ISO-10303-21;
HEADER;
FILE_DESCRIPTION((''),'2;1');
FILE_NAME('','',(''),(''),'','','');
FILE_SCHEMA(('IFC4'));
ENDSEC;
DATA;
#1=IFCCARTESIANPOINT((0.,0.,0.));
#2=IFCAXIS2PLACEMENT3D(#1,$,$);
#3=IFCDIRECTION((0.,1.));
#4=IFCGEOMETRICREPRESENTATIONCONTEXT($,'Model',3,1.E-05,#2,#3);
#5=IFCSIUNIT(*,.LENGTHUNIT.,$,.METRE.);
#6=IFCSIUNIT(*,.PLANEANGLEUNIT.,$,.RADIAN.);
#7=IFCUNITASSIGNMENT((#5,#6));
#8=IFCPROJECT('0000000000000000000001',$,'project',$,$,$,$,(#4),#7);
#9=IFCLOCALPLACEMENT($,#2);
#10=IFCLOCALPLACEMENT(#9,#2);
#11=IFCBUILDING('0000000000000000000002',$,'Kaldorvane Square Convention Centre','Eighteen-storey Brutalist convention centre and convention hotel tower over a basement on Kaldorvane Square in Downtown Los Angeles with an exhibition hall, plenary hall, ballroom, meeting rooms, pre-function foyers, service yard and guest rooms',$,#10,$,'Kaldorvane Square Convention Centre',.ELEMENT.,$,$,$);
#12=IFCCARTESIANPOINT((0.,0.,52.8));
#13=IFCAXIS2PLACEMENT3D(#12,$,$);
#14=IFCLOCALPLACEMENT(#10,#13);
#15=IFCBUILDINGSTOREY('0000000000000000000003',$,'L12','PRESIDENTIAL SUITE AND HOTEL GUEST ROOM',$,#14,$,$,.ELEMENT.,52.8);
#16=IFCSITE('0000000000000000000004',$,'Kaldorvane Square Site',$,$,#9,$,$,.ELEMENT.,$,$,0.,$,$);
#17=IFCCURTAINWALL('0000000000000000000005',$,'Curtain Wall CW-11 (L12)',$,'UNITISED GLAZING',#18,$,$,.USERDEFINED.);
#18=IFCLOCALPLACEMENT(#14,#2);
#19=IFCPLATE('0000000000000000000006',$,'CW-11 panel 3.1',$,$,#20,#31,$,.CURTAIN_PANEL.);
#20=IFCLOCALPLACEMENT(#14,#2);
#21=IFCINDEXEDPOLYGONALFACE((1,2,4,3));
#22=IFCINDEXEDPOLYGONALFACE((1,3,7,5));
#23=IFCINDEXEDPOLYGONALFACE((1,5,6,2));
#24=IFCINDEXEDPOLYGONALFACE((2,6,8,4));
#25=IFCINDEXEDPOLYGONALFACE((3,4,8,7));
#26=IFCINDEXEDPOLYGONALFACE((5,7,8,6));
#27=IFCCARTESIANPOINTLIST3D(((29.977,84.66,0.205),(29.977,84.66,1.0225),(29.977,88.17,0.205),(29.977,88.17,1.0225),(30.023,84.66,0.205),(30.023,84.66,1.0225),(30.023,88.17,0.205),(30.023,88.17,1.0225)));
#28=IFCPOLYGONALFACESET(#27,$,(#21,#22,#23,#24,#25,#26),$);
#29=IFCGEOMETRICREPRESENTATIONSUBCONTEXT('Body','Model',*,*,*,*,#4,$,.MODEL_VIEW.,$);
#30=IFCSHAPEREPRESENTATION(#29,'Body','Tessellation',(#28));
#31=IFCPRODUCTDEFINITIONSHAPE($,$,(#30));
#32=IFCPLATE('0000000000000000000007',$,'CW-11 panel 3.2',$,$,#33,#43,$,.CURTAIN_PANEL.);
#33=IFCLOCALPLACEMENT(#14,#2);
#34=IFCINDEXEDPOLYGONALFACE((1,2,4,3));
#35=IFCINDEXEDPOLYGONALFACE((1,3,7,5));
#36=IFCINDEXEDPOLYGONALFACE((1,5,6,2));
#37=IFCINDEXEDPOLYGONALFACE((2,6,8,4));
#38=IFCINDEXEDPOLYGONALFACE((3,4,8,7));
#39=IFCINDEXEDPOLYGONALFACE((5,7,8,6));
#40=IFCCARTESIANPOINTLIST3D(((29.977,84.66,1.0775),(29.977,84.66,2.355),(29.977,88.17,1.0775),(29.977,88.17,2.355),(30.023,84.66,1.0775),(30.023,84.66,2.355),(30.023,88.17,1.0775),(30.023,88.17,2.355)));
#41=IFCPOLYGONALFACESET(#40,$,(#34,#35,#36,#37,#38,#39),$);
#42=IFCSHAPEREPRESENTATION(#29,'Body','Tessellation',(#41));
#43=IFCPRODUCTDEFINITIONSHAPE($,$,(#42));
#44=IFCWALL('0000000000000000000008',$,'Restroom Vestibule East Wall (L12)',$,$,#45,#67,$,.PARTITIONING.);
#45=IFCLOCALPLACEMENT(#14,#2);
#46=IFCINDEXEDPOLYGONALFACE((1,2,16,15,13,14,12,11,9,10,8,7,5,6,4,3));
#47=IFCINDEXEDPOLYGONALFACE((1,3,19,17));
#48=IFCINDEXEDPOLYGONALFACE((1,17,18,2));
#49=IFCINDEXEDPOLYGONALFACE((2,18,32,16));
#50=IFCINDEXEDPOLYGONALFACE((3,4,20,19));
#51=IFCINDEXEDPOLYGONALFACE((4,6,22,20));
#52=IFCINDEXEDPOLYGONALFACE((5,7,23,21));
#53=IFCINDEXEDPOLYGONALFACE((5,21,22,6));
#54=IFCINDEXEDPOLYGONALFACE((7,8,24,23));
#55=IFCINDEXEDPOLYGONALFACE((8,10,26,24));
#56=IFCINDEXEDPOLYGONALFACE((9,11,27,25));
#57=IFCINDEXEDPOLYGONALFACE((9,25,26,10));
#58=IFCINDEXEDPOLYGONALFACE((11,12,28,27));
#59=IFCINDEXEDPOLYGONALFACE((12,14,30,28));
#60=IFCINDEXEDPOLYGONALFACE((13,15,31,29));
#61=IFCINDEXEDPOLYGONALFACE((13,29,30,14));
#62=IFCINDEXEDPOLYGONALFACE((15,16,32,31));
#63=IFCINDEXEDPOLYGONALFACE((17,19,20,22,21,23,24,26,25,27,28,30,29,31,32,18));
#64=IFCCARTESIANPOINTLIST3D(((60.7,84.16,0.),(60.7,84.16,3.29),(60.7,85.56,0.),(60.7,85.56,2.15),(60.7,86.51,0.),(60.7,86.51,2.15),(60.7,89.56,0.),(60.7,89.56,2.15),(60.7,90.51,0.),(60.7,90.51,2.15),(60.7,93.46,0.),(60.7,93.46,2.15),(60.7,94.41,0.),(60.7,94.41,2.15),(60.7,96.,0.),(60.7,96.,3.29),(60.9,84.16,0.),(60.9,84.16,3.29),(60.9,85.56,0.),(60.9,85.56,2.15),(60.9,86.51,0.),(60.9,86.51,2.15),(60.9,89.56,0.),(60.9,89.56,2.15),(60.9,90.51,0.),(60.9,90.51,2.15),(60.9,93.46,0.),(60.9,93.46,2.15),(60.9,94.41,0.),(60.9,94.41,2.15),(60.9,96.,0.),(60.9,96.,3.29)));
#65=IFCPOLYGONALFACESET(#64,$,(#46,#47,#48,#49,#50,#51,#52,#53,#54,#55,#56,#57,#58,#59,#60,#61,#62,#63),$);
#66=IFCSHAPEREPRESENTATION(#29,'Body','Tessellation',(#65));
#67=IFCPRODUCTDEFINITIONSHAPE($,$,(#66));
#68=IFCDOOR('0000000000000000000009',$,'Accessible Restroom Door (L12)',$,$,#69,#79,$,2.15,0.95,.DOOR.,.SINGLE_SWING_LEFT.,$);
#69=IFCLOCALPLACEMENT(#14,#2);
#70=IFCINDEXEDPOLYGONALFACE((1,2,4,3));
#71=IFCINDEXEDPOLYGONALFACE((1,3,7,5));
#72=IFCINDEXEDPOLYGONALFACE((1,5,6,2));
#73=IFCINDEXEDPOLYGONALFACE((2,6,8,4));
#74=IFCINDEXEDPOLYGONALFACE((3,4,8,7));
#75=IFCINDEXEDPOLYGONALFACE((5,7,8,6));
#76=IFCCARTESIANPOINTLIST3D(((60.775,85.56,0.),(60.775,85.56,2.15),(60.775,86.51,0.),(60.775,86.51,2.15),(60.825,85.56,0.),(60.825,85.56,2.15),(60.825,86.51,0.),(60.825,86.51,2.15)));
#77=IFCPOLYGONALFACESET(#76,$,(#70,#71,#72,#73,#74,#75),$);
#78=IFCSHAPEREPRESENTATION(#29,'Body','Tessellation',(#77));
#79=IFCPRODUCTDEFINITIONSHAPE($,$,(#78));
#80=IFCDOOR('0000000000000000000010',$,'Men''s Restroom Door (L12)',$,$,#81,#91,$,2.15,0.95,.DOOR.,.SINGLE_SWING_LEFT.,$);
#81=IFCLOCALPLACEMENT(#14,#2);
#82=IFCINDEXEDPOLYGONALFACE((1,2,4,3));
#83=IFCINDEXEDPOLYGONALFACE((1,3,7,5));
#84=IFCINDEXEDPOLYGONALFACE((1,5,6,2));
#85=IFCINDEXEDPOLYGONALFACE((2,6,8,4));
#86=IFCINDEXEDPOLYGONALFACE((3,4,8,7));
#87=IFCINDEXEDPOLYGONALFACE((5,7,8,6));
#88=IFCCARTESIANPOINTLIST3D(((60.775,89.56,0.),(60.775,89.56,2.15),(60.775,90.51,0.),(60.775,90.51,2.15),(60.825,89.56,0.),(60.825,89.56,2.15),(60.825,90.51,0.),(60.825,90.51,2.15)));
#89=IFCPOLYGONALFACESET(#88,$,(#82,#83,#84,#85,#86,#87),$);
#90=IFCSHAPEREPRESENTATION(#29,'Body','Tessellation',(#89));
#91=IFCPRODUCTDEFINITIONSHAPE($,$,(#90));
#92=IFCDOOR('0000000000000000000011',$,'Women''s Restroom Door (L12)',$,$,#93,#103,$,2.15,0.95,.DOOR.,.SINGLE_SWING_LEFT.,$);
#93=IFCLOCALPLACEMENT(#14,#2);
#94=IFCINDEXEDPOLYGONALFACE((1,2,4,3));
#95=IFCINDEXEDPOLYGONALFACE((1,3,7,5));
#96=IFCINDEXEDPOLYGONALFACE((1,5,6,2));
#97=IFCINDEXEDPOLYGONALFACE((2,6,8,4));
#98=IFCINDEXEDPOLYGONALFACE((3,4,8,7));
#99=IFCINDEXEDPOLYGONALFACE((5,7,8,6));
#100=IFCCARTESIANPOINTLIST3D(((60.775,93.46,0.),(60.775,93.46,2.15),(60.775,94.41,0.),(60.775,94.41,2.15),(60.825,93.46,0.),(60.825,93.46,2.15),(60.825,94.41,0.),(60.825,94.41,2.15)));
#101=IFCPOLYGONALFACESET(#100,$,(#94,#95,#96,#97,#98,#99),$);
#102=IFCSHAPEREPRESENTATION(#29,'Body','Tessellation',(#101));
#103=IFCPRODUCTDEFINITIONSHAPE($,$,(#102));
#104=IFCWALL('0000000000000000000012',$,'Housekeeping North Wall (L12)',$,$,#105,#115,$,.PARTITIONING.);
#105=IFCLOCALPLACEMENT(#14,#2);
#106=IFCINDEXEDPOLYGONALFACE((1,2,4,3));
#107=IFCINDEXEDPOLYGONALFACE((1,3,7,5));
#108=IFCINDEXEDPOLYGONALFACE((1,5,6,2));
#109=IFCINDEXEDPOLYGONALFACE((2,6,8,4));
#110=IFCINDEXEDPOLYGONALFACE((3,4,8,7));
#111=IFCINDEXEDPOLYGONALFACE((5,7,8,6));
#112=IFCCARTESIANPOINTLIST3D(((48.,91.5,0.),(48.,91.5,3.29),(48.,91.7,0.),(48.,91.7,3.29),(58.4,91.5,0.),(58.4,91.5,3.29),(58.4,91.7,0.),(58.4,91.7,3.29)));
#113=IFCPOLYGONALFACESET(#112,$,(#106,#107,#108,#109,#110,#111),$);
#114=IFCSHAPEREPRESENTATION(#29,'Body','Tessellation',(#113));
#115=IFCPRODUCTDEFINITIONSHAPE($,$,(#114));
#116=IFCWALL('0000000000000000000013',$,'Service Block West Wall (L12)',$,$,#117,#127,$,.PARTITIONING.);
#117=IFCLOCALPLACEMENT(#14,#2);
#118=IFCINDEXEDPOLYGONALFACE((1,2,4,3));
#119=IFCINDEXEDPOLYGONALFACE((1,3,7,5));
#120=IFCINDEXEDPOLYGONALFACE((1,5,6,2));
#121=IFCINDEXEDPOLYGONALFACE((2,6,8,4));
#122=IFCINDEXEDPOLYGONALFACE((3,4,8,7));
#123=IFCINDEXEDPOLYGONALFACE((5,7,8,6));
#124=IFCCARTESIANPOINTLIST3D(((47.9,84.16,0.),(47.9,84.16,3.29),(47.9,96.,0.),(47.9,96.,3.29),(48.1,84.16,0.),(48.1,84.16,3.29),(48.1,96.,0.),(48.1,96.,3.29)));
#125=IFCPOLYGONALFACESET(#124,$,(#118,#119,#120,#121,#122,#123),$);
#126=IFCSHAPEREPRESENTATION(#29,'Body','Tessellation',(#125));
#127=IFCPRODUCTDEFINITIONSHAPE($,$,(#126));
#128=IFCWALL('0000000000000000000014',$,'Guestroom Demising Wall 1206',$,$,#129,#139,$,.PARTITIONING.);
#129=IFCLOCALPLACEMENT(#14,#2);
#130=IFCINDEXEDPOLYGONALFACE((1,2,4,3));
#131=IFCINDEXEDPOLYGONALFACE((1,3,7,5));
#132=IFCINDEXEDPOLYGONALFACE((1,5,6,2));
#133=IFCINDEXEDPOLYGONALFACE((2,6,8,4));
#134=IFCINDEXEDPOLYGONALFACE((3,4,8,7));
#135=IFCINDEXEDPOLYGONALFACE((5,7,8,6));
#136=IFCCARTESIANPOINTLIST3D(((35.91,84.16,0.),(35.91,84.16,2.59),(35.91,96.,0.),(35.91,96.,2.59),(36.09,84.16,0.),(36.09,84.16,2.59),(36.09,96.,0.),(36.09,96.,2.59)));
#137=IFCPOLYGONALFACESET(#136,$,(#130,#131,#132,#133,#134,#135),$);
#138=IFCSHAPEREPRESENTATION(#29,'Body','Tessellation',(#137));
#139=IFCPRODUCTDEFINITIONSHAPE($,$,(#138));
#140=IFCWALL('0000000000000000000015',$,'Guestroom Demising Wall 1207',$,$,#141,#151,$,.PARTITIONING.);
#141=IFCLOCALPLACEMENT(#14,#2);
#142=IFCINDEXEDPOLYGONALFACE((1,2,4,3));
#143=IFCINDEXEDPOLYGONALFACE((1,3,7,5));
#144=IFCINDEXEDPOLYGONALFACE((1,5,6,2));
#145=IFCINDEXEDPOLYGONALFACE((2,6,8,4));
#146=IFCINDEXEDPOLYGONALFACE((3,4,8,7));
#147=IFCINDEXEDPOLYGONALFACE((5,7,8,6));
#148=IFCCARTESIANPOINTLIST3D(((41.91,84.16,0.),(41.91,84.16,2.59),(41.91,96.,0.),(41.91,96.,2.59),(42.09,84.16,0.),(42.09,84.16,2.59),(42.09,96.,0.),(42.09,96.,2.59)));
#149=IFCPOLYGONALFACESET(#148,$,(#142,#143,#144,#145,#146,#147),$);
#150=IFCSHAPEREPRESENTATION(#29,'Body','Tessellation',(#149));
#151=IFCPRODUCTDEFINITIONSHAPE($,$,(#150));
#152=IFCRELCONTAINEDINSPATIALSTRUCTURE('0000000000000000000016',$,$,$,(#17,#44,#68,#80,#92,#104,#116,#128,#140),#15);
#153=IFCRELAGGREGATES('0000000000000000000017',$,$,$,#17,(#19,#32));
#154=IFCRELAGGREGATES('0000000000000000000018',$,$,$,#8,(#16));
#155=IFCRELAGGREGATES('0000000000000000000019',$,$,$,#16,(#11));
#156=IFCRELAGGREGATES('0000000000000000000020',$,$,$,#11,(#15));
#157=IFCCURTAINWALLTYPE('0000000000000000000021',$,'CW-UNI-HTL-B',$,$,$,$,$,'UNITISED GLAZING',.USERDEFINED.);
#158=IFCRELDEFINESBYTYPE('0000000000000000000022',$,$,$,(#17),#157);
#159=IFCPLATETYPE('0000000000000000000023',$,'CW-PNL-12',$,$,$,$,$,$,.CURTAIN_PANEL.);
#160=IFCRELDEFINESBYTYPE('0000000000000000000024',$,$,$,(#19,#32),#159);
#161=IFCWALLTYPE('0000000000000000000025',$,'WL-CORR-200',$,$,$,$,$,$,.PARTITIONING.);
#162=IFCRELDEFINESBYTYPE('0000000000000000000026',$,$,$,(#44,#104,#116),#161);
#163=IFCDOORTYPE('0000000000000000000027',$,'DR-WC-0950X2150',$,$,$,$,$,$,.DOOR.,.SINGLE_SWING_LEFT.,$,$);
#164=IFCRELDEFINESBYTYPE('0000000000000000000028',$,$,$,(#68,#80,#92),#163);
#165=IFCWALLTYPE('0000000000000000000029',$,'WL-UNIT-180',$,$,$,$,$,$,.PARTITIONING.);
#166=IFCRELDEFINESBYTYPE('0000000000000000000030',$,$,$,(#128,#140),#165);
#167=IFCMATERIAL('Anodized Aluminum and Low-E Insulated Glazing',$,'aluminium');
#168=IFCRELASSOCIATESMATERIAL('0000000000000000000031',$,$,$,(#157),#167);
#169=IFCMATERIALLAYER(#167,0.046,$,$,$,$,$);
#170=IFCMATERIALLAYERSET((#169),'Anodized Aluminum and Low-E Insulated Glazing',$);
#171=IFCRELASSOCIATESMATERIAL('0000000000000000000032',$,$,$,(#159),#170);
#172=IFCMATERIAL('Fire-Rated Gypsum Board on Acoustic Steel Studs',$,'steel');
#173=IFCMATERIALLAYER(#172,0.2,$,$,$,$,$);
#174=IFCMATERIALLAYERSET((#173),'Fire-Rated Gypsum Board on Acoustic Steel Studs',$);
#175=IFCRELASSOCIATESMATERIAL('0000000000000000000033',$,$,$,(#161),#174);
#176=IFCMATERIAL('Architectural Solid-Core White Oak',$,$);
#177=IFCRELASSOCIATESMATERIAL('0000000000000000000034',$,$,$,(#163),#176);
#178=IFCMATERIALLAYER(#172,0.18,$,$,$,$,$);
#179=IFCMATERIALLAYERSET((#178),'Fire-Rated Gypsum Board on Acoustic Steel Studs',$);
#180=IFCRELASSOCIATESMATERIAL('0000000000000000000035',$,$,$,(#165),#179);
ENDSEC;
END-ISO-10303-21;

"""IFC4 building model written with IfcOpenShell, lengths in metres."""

from ifc_helpers import new_model, si_unit, direction, frame, frame_2d, origin, origin_2d, place, context, subcontext, project, spatial, rectangle, extrude, material, layer, layer_set, type_object, element, fill, aggregate, save


model = new_model("IFC4")

# Units and contexts
model_context = context("Model", 3, precision=1e-05, world=origin(), true_north=direction((0.0, 1.0)))
body_context = subcontext(model_context, "Body", "Model", "MODEL_VIEW")
ifc_project = project(units=[si_unit("LENGTHUNIT", "METRE"), si_unit("PLANEANGLEUNIT", "RADIAN")], contexts=[model_context])

# Site, building, storey
site_placement = place(None, origin())
site = spatial("IfcSite", under=ifc_project, at=site_placement, Name="Kaldorvane Square Site", CompositionType="ELEMENT", RefElevation=0.0)
building_placement = place(site_placement, origin())
building = spatial("IfcBuilding", under=site, at=building_placement, Name="Kaldorvane Square Convention Centre", Description="Eighteen-storey Brutalist convention centre and convention hotel tower over a basement on Kaldorvane Square in Downtown Los Angeles with an exhibition hall, plenary hall, ballroom, meeting rooms, pre-function foyers, service yard and guest rooms", LongName="Kaldorvane Square Convention Centre", CompositionType="ELEMENT")
storey_placement = place(building_placement, frame((0.0, 0.0, 52.8)))
storey = spatial("IfcBuildingStorey", under=building, at=storey_placement, Name="L12", Description="PRESIDENTIAL SUITE AND HOTEL GUEST ROOM", CompositionType="ELEMENT", Elevation=52.8)

# Curtain wall, plates
ifc_material_1 = material(Name="Anodized Aluminum and Low-E Insulated Glazing", Category="aluminium")
curtain_wall_type = type_object("IfcCurtainWallType", Name="CW-UNI-HTL-B", ElementType="UNITISED GLAZING", PredefinedType="USERDEFINED", material=ifc_material_1)
curtain_wall_placement = place(storey_placement, origin())
curtain_wall = element("IfcCurtainWall", 1, at=curtain_wall_placement, inside=storey, type_object=curtain_wall_type, Name="Curtain Wall CW-11 (L12)", ObjectType="UNITISED GLAZING", PredefinedType="USERDEFINED")
ifc_layer_1 = layer(ifc_material_1, 0.046)
ifc_layer_set_1 = layer_set([ifc_layer_1], Name="Anodized Aluminum and Low-E Insulated Glazing")
plate_type = type_object("IfcPlateType", Name="CW-PNL-12", PredefinedType="CURTAIN_PANEL", material=ifc_layer_set_1)
plate_1_placement = place(storey_placement, frame((30.0, 86.415, 0.205), z_axis=(0.0, 0.0, 1.0), x_axis=(0.0, -1.0, 0.0)))
plate_1 = element("IfcPlate", 2, at=plate_1_placement, type_object=plate_type, Name="CW-11 panel 3.1", PredefinedType="CURTAIN_PANEL", context=body_context, shape_type="SweptSolid", body=[
    extrude(rectangle(XDim=3.51, YDim=0.046, at=origin_2d()), origin(), (0.0, 0.0, 1.0), 0.8175),
])
plate_2_placement = place(storey_placement, frame((30.0, 86.415, 1.0775), z_axis=(0.0, 0.0, 1.0), x_axis=(0.0, -1.0, 0.0)))
plate_2 = element("IfcPlate", 3, at=plate_2_placement, type_object=plate_type, Name="CW-11 panel 3.2", PredefinedType="CURTAIN_PANEL", context=body_context, shape_type="SweptSolid", body=[
    extrude(rectangle(XDim=3.51, YDim=0.046, at=origin_2d()), origin(), (0.0, 0.0, 1.0), 1.2775),
])
aggregate(curtain_wall, [plate_1, plate_2])

# Wall, openings, doors
ifc_material_2 = material(Name="Fire-Rated Gypsum Board on Acoustic Steel Studs", Category="steel")
ifc_layer_2 = layer(ifc_material_2, 0.2)
ifc_layer_set_2 = layer_set([ifc_layer_2], Name="Fire-Rated Gypsum Board on Acoustic Steel Studs")
wall_type_1 = type_object("IfcWallType", Name="WL-CORR-200", PredefinedType="PARTITIONING", material=ifc_layer_set_2)
wall_1_placement = place(storey_placement, frame((60.8, 84.16, 0.0), z_axis=(0.0, 0.0, 1.0), x_axis=(0.0, 1.0, 0.0)))
wall_1 = element("IfcWall", 4, at=wall_1_placement, inside=storey, type_object=wall_type_1, Name="Restroom Vestibule East Wall (L12)", PredefinedType="PARTITIONING", context=body_context, shape_type="SweptSolid", body=[
    extrude(rectangle(XDim=11.84, YDim=0.2, at=frame_2d((5.92, 0.0))), origin(), (0.0, 0.0, 1.0), 3.29),
])
opening_1_placement = place(wall_1_placement, frame((1.4, 0.0, 0.0)))
opening_1 = element("IfcOpeningElement", 5, at=opening_1_placement, cuts=wall_1, PredefinedType="OPENING", context=body_context, shape_type="SweptSolid", body=[
    extrude(rectangle(XDim=0.95, YDim=2.15, at=frame_2d((0.475, 1.075))), frame((0.0, 0.115, 0.0), z_axis=(0.0, -1.0, 0.0), x_axis=(1.0, 0.0, 0.0)), (0.0, 0.0, 1.0), 0.23),
])
opening_2_placement = place(wall_1_placement, frame((5.4, 0.0, 0.0)))
opening_2 = element("IfcOpeningElement", 6, at=opening_2_placement, cuts=wall_1, PredefinedType="OPENING", context=body_context, shape_type="SweptSolid", body=[
    extrude(rectangle(XDim=0.95, YDim=2.15, at=frame_2d((0.475, 1.075))), frame((0.0, 0.115, 0.0), z_axis=(0.0, -1.0, 0.0), x_axis=(1.0, 0.0, 0.0)), (0.0, 0.0, 1.0), 0.23),
])
opening_3_placement = place(wall_1_placement, frame((9.3, 0.0, 0.0)))
opening_3 = element("IfcOpeningElement", 7, at=opening_3_placement, cuts=wall_1, PredefinedType="OPENING", context=body_context, shape_type="SweptSolid", body=[
    extrude(rectangle(XDim=0.95, YDim=2.15, at=frame_2d((0.475, 1.075))), frame((0.0, 0.115, 0.0), z_axis=(0.0, -1.0, 0.0), x_axis=(1.0, 0.0, 0.0)), (0.0, 0.0, 1.0), 0.23),
])
ifc_material_3 = material(Name="Architectural Solid-Core White Oak")
door_type = type_object("IfcDoorType", Name="DR-WC-0950X2150", OperationType="SINGLE_SWING_LEFT", PredefinedType="DOOR", material=ifc_material_3)
door_1_placement = place(opening_1_placement, origin())
door_1 = element("IfcDoor", 8, at=door_1_placement, inside=storey, type_object=door_type, Name="Accessible Restroom Door (L12)", OperationType="SINGLE_SWING_LEFT", OverallHeight=2.15, OverallWidth=0.95, PredefinedType="DOOR", context=body_context, shape_type="SweptSolid", body=[
    extrude(rectangle(XDim=0.95, YDim=2.15, at=frame_2d((0.475, 1.075))), frame((0.0, 0.025, 0.0), z_axis=(0.0, -1.0, 0.0), x_axis=(1.0, 0.0, 0.0)), (0.0, 0.0, 1.0), 0.05),
])
fill(opening_1, door_1)
door_2_placement = place(opening_2_placement, origin())
door_2 = element("IfcDoor", 9, at=door_2_placement, inside=storey, type_object=door_type, Name="Men's Restroom Door (L12)", OperationType="SINGLE_SWING_LEFT", OverallHeight=2.15, OverallWidth=0.95, PredefinedType="DOOR", context=body_context, shape_type="SweptSolid", body=[
    extrude(rectangle(XDim=0.95, YDim=2.15, at=frame_2d((0.475, 1.075))), frame((0.0, 0.025, 0.0), z_axis=(0.0, -1.0, 0.0), x_axis=(1.0, 0.0, 0.0)), (0.0, 0.0, 1.0), 0.05),
])
fill(opening_2, door_2)
door_3_placement = place(opening_3_placement, origin())
door_3 = element("IfcDoor", 10, at=door_3_placement, inside=storey, type_object=door_type, Name="Women's Restroom Door (L12)", OperationType="SINGLE_SWING_LEFT", OverallHeight=2.15, OverallWidth=0.95, PredefinedType="DOOR", context=body_context, shape_type="SweptSolid", body=[
    extrude(rectangle(XDim=0.95, YDim=2.15, at=frame_2d((0.475, 1.075))), frame((0.0, 0.025, 0.0), z_axis=(0.0, -1.0, 0.0), x_axis=(1.0, 0.0, 0.0)), (0.0, 0.0, 1.0), 0.05),
])
fill(opening_3, door_3)

# Walls
wall_2_placement = place(storey_placement, frame((48.0, 91.6, 0.0), z_axis=(0.0, 0.0, 1.0), x_axis=(1.0, 0.0, 0.0)))
element("IfcWall", 11, at=wall_2_placement, inside=storey, type_object=wall_type_1, Name="Housekeeping North Wall (L12)", PredefinedType="PARTITIONING", context=body_context, shape_type="SweptSolid", body=[
    extrude(rectangle(XDim=10.4, YDim=0.2, at=frame_2d((5.2, 0.0))), origin(), (0.0, 0.0, 1.0), 3.29),
])
wall_3_placement = place(storey_placement, frame((48.0, 84.16, 0.0), z_axis=(0.0, 0.0, 1.0), x_axis=(0.0, 1.0, 0.0)))
element("IfcWall", 12, at=wall_3_placement, inside=storey, type_object=wall_type_1, Name="Service Block West Wall (L12)", PredefinedType="PARTITIONING", context=body_context, shape_type="SweptSolid", body=[
    extrude(rectangle(XDim=11.84, YDim=0.2, at=frame_2d((5.92, 0.0))), origin(), (0.0, 0.0, 1.0), 3.29),
])
ifc_layer_3 = layer(ifc_material_2, 0.18)
ifc_layer_set_3 = layer_set([ifc_layer_3], Name="Fire-Rated Gypsum Board on Acoustic Steel Studs")
wall_type_2 = type_object("IfcWallType", Name="WL-UNIT-180", PredefinedType="PARTITIONING", material=ifc_layer_set_3)
for number, where, z_axis, x_axis, name in (
    (13, (36.0, 84.16, 0.0), (0.0, 0.0, 1.0), (0.0, 1.0, 0.0), "Guestroom Demising Wall 1206"),
    (14, (42.0, 84.16, 0.0), (0.0, 0.0, 1.0), (0.0, 1.0, 0.0), "Guestroom Demising Wall 1207"),
):
    element("IfcWall", number, at=place(storey_placement, frame(where, z_axis=z_axis, x_axis=x_axis)), inside=storey, type_object=wall_type_2, Name=name, PredefinedType="PARTITIONING", context=body_context, shape_type="SweptSolid", body=[
        extrude(rectangle(XDim=11.84, YDim=0.18, at=frame_2d((5.92, 0.0))), origin(), (0.0, 0.0, 1.0), 2.59),
    ])

save(model, "model.ifc")
